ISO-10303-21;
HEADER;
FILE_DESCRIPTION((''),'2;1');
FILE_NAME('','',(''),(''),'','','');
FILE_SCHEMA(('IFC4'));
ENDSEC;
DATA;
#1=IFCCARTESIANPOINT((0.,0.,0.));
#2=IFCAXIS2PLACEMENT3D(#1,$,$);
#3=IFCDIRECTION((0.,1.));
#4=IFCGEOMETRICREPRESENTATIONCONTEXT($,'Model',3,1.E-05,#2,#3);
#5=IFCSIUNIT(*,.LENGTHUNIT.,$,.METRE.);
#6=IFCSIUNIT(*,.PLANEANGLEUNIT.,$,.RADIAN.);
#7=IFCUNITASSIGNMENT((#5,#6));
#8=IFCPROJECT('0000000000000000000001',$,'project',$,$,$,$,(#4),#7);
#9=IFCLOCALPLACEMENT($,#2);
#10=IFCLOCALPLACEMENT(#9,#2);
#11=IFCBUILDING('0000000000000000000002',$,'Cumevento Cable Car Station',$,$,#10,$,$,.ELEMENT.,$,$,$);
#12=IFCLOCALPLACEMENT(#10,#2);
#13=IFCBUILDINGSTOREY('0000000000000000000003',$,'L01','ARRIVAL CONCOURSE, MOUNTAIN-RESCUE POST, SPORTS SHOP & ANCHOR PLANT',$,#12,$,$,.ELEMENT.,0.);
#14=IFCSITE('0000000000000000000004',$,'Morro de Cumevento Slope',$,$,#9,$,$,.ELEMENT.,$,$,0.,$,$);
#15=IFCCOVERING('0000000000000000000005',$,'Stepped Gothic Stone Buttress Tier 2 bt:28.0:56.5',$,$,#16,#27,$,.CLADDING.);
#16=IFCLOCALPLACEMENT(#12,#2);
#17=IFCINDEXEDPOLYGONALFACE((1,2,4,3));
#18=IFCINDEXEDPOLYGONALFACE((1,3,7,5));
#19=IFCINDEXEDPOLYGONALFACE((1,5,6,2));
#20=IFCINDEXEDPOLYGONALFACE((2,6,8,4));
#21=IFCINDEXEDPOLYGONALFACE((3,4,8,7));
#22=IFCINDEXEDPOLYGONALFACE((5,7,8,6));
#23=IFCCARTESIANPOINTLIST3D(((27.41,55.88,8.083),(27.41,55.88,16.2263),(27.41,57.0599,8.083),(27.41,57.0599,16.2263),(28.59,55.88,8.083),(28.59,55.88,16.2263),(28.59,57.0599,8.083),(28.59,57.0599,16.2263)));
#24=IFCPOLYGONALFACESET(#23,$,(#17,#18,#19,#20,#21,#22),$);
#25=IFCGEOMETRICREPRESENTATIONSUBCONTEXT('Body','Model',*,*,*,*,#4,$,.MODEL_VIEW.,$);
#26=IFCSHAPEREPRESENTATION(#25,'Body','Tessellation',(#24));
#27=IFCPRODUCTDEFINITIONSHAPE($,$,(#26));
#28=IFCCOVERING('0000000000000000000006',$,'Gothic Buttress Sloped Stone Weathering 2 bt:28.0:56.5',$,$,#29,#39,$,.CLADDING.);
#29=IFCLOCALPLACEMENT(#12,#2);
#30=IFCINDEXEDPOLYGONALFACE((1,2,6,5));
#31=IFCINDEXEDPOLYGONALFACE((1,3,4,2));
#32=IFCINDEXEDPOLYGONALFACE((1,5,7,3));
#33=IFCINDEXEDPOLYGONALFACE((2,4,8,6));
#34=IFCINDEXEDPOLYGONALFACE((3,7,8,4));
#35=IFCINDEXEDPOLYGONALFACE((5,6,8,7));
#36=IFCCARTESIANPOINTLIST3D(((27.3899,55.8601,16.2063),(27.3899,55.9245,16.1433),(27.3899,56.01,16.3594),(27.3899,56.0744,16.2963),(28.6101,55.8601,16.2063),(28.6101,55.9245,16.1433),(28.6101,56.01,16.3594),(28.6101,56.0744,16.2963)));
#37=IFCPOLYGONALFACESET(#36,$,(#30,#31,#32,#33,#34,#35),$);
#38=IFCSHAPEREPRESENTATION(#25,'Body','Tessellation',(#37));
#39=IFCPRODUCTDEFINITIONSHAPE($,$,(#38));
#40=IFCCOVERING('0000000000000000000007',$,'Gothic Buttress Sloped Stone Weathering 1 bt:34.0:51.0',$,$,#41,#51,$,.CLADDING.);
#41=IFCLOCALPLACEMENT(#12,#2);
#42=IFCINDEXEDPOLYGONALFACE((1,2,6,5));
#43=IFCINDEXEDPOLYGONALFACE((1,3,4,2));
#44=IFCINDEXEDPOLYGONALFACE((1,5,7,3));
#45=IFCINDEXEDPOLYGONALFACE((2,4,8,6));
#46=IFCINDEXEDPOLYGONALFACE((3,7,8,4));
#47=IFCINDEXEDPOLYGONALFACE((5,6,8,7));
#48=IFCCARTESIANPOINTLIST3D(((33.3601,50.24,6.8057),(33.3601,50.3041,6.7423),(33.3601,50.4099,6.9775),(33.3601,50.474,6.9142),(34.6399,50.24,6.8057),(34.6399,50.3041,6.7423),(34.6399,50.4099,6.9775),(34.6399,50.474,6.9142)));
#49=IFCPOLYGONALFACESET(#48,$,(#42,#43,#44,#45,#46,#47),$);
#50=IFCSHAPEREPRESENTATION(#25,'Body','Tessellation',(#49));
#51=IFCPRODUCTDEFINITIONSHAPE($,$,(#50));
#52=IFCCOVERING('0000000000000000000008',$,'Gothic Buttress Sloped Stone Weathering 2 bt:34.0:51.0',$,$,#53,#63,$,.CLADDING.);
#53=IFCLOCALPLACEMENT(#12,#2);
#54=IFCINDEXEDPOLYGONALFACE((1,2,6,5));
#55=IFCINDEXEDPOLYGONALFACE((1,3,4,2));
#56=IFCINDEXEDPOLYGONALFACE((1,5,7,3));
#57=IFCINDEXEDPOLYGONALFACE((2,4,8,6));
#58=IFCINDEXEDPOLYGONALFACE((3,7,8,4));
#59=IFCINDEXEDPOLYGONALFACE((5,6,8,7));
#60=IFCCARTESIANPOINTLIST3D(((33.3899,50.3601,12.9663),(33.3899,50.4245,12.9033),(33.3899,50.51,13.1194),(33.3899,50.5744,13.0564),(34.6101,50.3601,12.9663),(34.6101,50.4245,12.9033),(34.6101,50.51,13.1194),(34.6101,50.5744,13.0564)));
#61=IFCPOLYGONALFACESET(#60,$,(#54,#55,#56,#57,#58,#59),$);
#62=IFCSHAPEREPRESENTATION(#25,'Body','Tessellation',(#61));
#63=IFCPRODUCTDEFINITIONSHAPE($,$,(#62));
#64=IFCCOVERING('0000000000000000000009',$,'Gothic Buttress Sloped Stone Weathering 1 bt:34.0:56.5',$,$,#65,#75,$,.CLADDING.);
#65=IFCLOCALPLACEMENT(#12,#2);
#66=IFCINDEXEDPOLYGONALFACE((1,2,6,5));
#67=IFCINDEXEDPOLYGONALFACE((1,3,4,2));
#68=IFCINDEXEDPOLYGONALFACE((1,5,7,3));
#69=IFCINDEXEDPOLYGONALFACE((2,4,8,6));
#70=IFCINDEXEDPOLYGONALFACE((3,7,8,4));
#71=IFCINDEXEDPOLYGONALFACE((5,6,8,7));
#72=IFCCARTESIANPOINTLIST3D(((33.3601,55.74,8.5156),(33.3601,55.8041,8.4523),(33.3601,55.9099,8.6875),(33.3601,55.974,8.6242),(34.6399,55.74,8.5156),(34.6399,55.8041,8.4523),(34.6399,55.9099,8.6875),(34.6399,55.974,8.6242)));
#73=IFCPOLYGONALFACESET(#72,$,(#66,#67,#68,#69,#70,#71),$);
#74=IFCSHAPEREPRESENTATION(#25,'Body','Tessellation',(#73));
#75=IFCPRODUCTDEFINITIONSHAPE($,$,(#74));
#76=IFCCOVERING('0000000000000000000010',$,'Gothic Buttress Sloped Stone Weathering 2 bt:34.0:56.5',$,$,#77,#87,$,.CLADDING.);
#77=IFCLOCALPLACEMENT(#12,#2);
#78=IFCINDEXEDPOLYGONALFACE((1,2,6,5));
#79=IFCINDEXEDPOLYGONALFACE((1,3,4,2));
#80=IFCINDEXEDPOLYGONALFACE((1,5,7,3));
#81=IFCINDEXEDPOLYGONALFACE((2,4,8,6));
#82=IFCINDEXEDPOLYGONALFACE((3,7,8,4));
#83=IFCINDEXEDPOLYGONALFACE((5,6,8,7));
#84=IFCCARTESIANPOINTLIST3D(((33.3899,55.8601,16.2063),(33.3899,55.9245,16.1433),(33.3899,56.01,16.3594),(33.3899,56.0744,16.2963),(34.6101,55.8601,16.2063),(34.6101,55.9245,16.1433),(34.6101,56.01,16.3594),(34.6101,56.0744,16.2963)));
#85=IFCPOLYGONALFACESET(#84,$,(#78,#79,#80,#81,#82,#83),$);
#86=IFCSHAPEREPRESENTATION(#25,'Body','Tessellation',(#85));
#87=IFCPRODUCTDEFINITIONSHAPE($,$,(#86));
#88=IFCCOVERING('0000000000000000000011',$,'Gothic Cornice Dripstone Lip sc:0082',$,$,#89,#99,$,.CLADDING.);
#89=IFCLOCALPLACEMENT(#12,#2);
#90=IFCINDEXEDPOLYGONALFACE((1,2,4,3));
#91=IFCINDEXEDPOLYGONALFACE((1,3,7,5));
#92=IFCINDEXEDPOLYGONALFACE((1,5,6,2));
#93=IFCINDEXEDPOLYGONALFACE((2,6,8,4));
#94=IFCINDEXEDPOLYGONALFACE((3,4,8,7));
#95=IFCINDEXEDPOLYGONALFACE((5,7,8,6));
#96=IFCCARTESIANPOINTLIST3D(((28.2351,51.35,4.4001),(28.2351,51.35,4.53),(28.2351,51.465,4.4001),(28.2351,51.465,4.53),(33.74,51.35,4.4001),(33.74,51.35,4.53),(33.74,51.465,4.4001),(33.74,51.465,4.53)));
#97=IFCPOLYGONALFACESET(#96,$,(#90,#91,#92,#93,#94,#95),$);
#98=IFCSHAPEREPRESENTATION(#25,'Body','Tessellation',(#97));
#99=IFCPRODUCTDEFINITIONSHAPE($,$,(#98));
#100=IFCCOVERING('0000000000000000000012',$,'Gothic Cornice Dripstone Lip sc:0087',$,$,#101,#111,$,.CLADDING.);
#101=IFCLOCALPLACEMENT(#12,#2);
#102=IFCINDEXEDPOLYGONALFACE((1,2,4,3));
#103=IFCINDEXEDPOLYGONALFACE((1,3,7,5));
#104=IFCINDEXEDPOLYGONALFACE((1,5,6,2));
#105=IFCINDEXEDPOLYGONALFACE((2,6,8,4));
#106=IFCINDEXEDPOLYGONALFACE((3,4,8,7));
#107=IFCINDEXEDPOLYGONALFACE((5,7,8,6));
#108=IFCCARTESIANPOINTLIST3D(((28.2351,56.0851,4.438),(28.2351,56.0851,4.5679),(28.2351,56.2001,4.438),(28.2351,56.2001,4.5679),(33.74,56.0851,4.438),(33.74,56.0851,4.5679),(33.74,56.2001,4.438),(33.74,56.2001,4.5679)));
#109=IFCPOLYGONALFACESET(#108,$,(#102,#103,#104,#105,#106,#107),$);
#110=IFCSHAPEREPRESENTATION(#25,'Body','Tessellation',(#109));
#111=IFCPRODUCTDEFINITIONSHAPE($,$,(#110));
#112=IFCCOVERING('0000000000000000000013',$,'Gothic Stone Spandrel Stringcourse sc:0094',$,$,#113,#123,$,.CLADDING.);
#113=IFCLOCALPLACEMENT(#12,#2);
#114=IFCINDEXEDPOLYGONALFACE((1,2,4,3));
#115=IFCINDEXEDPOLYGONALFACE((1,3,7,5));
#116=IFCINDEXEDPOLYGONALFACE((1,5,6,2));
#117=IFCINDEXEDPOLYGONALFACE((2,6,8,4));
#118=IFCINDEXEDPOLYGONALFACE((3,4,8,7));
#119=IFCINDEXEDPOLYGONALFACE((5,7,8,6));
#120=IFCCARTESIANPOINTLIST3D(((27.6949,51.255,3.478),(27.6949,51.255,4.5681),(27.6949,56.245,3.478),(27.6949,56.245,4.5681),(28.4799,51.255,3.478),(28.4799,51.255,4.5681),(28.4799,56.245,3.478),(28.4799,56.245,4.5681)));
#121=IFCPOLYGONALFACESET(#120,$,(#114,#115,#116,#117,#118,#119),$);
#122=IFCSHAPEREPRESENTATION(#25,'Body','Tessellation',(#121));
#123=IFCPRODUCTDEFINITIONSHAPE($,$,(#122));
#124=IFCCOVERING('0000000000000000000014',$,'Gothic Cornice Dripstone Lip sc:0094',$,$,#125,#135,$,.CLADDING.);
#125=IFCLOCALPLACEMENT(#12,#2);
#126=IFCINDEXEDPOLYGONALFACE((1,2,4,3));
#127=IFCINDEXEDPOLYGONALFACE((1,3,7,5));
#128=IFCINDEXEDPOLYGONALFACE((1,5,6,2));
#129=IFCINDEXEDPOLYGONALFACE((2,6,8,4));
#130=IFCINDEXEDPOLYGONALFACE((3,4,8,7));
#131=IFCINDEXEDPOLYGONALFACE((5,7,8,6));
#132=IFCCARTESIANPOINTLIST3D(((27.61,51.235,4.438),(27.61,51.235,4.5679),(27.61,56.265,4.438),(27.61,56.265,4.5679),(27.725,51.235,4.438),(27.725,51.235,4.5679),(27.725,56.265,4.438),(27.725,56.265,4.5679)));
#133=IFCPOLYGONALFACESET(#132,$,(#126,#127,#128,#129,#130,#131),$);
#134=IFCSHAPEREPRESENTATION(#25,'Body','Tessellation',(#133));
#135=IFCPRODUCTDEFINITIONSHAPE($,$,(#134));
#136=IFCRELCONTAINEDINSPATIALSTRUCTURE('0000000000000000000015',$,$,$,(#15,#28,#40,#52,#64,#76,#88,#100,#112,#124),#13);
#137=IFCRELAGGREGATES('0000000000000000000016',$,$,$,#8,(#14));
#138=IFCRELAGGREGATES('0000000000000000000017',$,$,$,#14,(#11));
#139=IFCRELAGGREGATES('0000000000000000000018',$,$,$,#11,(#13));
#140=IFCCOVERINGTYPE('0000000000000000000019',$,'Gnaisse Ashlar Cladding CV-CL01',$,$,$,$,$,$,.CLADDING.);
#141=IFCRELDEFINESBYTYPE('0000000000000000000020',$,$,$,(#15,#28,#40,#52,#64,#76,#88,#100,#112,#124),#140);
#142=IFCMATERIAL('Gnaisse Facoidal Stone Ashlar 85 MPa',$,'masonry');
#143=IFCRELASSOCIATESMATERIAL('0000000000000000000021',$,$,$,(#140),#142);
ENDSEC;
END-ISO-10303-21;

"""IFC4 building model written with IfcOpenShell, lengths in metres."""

from ifc_helpers import new_model, si_unit, direction, frame, origin, origin_2d, place, context, subcontext, project, spatial, polyline, rectangle, outline, extrude, material, type_object, element, save


model = new_model("IFC4")

# Units and contexts
model_context = context("Model", 3, precision=1e-05, world=origin(), true_north=direction((0.0, 1.0)))
body_context = subcontext(model_context, "Body", "Model", "MODEL_VIEW")
ifc_project = project(units=[si_unit("LENGTHUNIT", "METRE"), si_unit("PLANEANGLEUNIT", "RADIAN")], contexts=[model_context])

# Site, building, storey
site_placement = place(None, origin())
site = spatial("IfcSite", under=ifc_project, at=site_placement, Name="Morro de Cumevento Slope", CompositionType="ELEMENT", RefElevation=0.0)
building_placement = place(site_placement, origin())
building = spatial("IfcBuilding", under=site, at=building_placement, Name="Cumevento Cable Car Station", CompositionType="ELEMENT")
storey_placement = place(building_placement, origin())
storey = spatial("IfcBuildingStorey", under=building, at=storey_placement, Name="L01", Description="ARRIVAL CONCOURSE, MOUNTAIN-RESCUE POST, SPORTS SHOP & ANCHOR PLANT", CompositionType="ELEMENT", Elevation=0.0)

# Coverings
ifc_material_1 = material(Name="Gnaisse Facoidal Stone Ashlar 85 MPa", Category="masonry")
covering_type = type_object("IfcCoveringType", Name="Gnaisse Ashlar Cladding CV-CL01", PredefinedType="CLADDING", material=ifc_material_1)
covering_1_placement = place(storey_placement, frame((28.0, 56.47, 8.083), z_axis=(0.0, 0.0, 1.0), x_axis=(1.0, 0.0, 0.0)))
element("IfcCovering", 1, at=covering_1_placement, inside=storey, type_object=covering_type, Name="Stepped Gothic Stone Buttress Tier 2 bt:28.0:56.5", PredefinedType="CLADDING", context=body_context, shape_type="SweptSolid", body=[
    extrude(rectangle(XDim=1.1799, YDim=1.1799, at=origin_2d()), origin(), (0.0, 0.0, 1.0), 8.1433),
])
covering_2_placement = place(storey_placement, frame((27.3899, 55.8601, 16.2063), z_axis=(0.0, -0.714475, 0.699661), x_axis=(1.0, 0.0, 0.0)))
element("IfcCovering", 2, at=covering_2_placement, inside=storey, type_object=covering_type, Name="Gothic Buttress Sloped Stone Weathering 2 bt:28.0:56.5", PredefinedType="CLADDING", context=body_context, shape_type="SweptSolid", body=[
    extrude(outline(polyline([(0.0, 0.0), (1.2202, 0.0), (1.2202, 0.2142), (0.0, 0.2142), (0.0, 0.0)])), origin(), (0.0, 0.0, -1.0), 0.0901),
])
covering_3_placement = place(storey_placement, frame((33.3601, 50.24, 6.8057), z_axis=(0.0, -0.711136, 0.703055), x_axis=(1.0, 0.0, 0.0)))
element("IfcCovering", 3, at=covering_3_placement, inside=storey, type_object=covering_type, Name="Gothic Buttress Sloped Stone Weathering 1 bt:34.0:51.0", PredefinedType="CLADDING", context=body_context, shape_type="SweptSolid", body=[
    extrude(outline(polyline([(0.0, 0.0), (1.2798, 0.0), (1.2798, 0.2417), (0.0, 0.2417), (0.0, 0.0)])), origin(), (0.0, 0.0, -1.0), 0.0901),
])
covering_4_placement = place(storey_placement, frame((33.3899, 50.3601, 12.9663), z_axis=(0.0, -0.714475, 0.699661), x_axis=(1.0, 0.0, 0.0)))
element("IfcCovering", 4, at=covering_4_placement, inside=storey, type_object=covering_type, Name="Gothic Buttress Sloped Stone Weathering 2 bt:34.0:51.0", PredefinedType="CLADDING", context=body_context, shape_type="SweptSolid", body=[
    extrude(outline(polyline([(0.0, 0.0), (1.2202, 0.0), (1.2202, 0.2142), (0.0, 0.2142), (0.0, 0.0)])), origin(), (0.0, 0.0, -1.0), 0.0901),
])
covering_5_placement = place(storey_placement, frame((33.3601, 55.74, 8.5156), z_axis=(0.0, -0.711136, 0.703055), x_axis=(1.0, 0.0, 0.0)))
element("IfcCovering", 5, at=covering_5_placement, inside=storey, type_object=covering_type, Name="Gothic Buttress Sloped Stone Weathering 1 bt:34.0:56.5", PredefinedType="CLADDING", context=body_context, shape_type="SweptSolid", body=[
    extrude(outline(polyline([(0.0, 0.0), (1.2798, 0.0), (1.2798, 0.2417), (0.0, 0.2417), (0.0, 0.0)])), origin(), (0.0, 0.0, -1.0), 0.0901),
])
covering_6_placement = place(storey_placement, frame((33.3899, 55.8601, 16.2063), z_axis=(0.0, -0.714475, 0.699661), x_axis=(1.0, 0.0, 0.0)))
element("IfcCovering", 6, at=covering_6_placement, inside=storey, type_object=covering_type, Name="Gothic Buttress Sloped Stone Weathering 2 bt:34.0:56.5", PredefinedType="CLADDING", context=body_context, shape_type="SweptSolid", body=[
    extrude(outline(polyline([(0.0, 0.0), (1.2202, 0.0), (1.2202, 0.2142), (0.0, 0.2142), (0.0, 0.0)])), origin(), (0.0, 0.0, -1.0), 0.0901),
])
for number, where, z_axis, x_axis, name in (
    (7, (30.9875, 51.4075, 4.4001), (0.0, 0.0, 1.0), (1.0, 0.0, 0.0), "Gothic Cornice Dripstone Lip sc:0082"),
    (8, (30.9875, 56.1426, 4.438), (0.0, 0.0, 1.0), (-1.0, 0.0, 0.0), "Gothic Cornice Dripstone Lip sc:0087"),
):
    element("IfcCovering", number, at=place(storey_placement, frame(where, z_axis=z_axis, x_axis=x_axis)), inside=storey, type_object=covering_type, Name=name, PredefinedType="CLADDING", context=body_context, shape_type="SweptSolid", body=[
        extrude(rectangle(XDim=5.5049, YDim=0.115, at=origin_2d()), origin(), (0.0, 0.0, 1.0), 0.1299),
    ])
covering_7_placement = place(storey_placement, frame((28.0874, 53.75, 3.478), z_axis=(0.0, 0.0, 1.0), x_axis=(0.0, 1.0, 0.0)))
element("IfcCovering", 9, at=covering_7_placement, inside=storey, type_object=covering_type, Name="Gothic Stone Spandrel Stringcourse sc:0094", PredefinedType="CLADDING", context=body_context, shape_type="SweptSolid", body=[
    extrude(rectangle(XDim=4.99, YDim=0.7849, at=origin_2d()), origin(), (0.0, 0.0, 1.0), 1.0901),
])
covering_8_placement = place(storey_placement, frame((27.6675, 53.75, 4.438), z_axis=(0.0, 0.0, 1.0), x_axis=(0.0, 1.0, 0.0)))
element("IfcCovering", 10, at=covering_8_placement, inside=storey, type_object=covering_type, Name="Gothic Cornice Dripstone Lip sc:0094", PredefinedType="CLADDING", context=body_context, shape_type="SweptSolid", body=[
    extrude(rectangle(XDim=5.03, YDim=0.115, at=origin_2d()), origin(), (0.0, 0.0, 1.0), 0.1299),
])

save(model, "model.ifc")
